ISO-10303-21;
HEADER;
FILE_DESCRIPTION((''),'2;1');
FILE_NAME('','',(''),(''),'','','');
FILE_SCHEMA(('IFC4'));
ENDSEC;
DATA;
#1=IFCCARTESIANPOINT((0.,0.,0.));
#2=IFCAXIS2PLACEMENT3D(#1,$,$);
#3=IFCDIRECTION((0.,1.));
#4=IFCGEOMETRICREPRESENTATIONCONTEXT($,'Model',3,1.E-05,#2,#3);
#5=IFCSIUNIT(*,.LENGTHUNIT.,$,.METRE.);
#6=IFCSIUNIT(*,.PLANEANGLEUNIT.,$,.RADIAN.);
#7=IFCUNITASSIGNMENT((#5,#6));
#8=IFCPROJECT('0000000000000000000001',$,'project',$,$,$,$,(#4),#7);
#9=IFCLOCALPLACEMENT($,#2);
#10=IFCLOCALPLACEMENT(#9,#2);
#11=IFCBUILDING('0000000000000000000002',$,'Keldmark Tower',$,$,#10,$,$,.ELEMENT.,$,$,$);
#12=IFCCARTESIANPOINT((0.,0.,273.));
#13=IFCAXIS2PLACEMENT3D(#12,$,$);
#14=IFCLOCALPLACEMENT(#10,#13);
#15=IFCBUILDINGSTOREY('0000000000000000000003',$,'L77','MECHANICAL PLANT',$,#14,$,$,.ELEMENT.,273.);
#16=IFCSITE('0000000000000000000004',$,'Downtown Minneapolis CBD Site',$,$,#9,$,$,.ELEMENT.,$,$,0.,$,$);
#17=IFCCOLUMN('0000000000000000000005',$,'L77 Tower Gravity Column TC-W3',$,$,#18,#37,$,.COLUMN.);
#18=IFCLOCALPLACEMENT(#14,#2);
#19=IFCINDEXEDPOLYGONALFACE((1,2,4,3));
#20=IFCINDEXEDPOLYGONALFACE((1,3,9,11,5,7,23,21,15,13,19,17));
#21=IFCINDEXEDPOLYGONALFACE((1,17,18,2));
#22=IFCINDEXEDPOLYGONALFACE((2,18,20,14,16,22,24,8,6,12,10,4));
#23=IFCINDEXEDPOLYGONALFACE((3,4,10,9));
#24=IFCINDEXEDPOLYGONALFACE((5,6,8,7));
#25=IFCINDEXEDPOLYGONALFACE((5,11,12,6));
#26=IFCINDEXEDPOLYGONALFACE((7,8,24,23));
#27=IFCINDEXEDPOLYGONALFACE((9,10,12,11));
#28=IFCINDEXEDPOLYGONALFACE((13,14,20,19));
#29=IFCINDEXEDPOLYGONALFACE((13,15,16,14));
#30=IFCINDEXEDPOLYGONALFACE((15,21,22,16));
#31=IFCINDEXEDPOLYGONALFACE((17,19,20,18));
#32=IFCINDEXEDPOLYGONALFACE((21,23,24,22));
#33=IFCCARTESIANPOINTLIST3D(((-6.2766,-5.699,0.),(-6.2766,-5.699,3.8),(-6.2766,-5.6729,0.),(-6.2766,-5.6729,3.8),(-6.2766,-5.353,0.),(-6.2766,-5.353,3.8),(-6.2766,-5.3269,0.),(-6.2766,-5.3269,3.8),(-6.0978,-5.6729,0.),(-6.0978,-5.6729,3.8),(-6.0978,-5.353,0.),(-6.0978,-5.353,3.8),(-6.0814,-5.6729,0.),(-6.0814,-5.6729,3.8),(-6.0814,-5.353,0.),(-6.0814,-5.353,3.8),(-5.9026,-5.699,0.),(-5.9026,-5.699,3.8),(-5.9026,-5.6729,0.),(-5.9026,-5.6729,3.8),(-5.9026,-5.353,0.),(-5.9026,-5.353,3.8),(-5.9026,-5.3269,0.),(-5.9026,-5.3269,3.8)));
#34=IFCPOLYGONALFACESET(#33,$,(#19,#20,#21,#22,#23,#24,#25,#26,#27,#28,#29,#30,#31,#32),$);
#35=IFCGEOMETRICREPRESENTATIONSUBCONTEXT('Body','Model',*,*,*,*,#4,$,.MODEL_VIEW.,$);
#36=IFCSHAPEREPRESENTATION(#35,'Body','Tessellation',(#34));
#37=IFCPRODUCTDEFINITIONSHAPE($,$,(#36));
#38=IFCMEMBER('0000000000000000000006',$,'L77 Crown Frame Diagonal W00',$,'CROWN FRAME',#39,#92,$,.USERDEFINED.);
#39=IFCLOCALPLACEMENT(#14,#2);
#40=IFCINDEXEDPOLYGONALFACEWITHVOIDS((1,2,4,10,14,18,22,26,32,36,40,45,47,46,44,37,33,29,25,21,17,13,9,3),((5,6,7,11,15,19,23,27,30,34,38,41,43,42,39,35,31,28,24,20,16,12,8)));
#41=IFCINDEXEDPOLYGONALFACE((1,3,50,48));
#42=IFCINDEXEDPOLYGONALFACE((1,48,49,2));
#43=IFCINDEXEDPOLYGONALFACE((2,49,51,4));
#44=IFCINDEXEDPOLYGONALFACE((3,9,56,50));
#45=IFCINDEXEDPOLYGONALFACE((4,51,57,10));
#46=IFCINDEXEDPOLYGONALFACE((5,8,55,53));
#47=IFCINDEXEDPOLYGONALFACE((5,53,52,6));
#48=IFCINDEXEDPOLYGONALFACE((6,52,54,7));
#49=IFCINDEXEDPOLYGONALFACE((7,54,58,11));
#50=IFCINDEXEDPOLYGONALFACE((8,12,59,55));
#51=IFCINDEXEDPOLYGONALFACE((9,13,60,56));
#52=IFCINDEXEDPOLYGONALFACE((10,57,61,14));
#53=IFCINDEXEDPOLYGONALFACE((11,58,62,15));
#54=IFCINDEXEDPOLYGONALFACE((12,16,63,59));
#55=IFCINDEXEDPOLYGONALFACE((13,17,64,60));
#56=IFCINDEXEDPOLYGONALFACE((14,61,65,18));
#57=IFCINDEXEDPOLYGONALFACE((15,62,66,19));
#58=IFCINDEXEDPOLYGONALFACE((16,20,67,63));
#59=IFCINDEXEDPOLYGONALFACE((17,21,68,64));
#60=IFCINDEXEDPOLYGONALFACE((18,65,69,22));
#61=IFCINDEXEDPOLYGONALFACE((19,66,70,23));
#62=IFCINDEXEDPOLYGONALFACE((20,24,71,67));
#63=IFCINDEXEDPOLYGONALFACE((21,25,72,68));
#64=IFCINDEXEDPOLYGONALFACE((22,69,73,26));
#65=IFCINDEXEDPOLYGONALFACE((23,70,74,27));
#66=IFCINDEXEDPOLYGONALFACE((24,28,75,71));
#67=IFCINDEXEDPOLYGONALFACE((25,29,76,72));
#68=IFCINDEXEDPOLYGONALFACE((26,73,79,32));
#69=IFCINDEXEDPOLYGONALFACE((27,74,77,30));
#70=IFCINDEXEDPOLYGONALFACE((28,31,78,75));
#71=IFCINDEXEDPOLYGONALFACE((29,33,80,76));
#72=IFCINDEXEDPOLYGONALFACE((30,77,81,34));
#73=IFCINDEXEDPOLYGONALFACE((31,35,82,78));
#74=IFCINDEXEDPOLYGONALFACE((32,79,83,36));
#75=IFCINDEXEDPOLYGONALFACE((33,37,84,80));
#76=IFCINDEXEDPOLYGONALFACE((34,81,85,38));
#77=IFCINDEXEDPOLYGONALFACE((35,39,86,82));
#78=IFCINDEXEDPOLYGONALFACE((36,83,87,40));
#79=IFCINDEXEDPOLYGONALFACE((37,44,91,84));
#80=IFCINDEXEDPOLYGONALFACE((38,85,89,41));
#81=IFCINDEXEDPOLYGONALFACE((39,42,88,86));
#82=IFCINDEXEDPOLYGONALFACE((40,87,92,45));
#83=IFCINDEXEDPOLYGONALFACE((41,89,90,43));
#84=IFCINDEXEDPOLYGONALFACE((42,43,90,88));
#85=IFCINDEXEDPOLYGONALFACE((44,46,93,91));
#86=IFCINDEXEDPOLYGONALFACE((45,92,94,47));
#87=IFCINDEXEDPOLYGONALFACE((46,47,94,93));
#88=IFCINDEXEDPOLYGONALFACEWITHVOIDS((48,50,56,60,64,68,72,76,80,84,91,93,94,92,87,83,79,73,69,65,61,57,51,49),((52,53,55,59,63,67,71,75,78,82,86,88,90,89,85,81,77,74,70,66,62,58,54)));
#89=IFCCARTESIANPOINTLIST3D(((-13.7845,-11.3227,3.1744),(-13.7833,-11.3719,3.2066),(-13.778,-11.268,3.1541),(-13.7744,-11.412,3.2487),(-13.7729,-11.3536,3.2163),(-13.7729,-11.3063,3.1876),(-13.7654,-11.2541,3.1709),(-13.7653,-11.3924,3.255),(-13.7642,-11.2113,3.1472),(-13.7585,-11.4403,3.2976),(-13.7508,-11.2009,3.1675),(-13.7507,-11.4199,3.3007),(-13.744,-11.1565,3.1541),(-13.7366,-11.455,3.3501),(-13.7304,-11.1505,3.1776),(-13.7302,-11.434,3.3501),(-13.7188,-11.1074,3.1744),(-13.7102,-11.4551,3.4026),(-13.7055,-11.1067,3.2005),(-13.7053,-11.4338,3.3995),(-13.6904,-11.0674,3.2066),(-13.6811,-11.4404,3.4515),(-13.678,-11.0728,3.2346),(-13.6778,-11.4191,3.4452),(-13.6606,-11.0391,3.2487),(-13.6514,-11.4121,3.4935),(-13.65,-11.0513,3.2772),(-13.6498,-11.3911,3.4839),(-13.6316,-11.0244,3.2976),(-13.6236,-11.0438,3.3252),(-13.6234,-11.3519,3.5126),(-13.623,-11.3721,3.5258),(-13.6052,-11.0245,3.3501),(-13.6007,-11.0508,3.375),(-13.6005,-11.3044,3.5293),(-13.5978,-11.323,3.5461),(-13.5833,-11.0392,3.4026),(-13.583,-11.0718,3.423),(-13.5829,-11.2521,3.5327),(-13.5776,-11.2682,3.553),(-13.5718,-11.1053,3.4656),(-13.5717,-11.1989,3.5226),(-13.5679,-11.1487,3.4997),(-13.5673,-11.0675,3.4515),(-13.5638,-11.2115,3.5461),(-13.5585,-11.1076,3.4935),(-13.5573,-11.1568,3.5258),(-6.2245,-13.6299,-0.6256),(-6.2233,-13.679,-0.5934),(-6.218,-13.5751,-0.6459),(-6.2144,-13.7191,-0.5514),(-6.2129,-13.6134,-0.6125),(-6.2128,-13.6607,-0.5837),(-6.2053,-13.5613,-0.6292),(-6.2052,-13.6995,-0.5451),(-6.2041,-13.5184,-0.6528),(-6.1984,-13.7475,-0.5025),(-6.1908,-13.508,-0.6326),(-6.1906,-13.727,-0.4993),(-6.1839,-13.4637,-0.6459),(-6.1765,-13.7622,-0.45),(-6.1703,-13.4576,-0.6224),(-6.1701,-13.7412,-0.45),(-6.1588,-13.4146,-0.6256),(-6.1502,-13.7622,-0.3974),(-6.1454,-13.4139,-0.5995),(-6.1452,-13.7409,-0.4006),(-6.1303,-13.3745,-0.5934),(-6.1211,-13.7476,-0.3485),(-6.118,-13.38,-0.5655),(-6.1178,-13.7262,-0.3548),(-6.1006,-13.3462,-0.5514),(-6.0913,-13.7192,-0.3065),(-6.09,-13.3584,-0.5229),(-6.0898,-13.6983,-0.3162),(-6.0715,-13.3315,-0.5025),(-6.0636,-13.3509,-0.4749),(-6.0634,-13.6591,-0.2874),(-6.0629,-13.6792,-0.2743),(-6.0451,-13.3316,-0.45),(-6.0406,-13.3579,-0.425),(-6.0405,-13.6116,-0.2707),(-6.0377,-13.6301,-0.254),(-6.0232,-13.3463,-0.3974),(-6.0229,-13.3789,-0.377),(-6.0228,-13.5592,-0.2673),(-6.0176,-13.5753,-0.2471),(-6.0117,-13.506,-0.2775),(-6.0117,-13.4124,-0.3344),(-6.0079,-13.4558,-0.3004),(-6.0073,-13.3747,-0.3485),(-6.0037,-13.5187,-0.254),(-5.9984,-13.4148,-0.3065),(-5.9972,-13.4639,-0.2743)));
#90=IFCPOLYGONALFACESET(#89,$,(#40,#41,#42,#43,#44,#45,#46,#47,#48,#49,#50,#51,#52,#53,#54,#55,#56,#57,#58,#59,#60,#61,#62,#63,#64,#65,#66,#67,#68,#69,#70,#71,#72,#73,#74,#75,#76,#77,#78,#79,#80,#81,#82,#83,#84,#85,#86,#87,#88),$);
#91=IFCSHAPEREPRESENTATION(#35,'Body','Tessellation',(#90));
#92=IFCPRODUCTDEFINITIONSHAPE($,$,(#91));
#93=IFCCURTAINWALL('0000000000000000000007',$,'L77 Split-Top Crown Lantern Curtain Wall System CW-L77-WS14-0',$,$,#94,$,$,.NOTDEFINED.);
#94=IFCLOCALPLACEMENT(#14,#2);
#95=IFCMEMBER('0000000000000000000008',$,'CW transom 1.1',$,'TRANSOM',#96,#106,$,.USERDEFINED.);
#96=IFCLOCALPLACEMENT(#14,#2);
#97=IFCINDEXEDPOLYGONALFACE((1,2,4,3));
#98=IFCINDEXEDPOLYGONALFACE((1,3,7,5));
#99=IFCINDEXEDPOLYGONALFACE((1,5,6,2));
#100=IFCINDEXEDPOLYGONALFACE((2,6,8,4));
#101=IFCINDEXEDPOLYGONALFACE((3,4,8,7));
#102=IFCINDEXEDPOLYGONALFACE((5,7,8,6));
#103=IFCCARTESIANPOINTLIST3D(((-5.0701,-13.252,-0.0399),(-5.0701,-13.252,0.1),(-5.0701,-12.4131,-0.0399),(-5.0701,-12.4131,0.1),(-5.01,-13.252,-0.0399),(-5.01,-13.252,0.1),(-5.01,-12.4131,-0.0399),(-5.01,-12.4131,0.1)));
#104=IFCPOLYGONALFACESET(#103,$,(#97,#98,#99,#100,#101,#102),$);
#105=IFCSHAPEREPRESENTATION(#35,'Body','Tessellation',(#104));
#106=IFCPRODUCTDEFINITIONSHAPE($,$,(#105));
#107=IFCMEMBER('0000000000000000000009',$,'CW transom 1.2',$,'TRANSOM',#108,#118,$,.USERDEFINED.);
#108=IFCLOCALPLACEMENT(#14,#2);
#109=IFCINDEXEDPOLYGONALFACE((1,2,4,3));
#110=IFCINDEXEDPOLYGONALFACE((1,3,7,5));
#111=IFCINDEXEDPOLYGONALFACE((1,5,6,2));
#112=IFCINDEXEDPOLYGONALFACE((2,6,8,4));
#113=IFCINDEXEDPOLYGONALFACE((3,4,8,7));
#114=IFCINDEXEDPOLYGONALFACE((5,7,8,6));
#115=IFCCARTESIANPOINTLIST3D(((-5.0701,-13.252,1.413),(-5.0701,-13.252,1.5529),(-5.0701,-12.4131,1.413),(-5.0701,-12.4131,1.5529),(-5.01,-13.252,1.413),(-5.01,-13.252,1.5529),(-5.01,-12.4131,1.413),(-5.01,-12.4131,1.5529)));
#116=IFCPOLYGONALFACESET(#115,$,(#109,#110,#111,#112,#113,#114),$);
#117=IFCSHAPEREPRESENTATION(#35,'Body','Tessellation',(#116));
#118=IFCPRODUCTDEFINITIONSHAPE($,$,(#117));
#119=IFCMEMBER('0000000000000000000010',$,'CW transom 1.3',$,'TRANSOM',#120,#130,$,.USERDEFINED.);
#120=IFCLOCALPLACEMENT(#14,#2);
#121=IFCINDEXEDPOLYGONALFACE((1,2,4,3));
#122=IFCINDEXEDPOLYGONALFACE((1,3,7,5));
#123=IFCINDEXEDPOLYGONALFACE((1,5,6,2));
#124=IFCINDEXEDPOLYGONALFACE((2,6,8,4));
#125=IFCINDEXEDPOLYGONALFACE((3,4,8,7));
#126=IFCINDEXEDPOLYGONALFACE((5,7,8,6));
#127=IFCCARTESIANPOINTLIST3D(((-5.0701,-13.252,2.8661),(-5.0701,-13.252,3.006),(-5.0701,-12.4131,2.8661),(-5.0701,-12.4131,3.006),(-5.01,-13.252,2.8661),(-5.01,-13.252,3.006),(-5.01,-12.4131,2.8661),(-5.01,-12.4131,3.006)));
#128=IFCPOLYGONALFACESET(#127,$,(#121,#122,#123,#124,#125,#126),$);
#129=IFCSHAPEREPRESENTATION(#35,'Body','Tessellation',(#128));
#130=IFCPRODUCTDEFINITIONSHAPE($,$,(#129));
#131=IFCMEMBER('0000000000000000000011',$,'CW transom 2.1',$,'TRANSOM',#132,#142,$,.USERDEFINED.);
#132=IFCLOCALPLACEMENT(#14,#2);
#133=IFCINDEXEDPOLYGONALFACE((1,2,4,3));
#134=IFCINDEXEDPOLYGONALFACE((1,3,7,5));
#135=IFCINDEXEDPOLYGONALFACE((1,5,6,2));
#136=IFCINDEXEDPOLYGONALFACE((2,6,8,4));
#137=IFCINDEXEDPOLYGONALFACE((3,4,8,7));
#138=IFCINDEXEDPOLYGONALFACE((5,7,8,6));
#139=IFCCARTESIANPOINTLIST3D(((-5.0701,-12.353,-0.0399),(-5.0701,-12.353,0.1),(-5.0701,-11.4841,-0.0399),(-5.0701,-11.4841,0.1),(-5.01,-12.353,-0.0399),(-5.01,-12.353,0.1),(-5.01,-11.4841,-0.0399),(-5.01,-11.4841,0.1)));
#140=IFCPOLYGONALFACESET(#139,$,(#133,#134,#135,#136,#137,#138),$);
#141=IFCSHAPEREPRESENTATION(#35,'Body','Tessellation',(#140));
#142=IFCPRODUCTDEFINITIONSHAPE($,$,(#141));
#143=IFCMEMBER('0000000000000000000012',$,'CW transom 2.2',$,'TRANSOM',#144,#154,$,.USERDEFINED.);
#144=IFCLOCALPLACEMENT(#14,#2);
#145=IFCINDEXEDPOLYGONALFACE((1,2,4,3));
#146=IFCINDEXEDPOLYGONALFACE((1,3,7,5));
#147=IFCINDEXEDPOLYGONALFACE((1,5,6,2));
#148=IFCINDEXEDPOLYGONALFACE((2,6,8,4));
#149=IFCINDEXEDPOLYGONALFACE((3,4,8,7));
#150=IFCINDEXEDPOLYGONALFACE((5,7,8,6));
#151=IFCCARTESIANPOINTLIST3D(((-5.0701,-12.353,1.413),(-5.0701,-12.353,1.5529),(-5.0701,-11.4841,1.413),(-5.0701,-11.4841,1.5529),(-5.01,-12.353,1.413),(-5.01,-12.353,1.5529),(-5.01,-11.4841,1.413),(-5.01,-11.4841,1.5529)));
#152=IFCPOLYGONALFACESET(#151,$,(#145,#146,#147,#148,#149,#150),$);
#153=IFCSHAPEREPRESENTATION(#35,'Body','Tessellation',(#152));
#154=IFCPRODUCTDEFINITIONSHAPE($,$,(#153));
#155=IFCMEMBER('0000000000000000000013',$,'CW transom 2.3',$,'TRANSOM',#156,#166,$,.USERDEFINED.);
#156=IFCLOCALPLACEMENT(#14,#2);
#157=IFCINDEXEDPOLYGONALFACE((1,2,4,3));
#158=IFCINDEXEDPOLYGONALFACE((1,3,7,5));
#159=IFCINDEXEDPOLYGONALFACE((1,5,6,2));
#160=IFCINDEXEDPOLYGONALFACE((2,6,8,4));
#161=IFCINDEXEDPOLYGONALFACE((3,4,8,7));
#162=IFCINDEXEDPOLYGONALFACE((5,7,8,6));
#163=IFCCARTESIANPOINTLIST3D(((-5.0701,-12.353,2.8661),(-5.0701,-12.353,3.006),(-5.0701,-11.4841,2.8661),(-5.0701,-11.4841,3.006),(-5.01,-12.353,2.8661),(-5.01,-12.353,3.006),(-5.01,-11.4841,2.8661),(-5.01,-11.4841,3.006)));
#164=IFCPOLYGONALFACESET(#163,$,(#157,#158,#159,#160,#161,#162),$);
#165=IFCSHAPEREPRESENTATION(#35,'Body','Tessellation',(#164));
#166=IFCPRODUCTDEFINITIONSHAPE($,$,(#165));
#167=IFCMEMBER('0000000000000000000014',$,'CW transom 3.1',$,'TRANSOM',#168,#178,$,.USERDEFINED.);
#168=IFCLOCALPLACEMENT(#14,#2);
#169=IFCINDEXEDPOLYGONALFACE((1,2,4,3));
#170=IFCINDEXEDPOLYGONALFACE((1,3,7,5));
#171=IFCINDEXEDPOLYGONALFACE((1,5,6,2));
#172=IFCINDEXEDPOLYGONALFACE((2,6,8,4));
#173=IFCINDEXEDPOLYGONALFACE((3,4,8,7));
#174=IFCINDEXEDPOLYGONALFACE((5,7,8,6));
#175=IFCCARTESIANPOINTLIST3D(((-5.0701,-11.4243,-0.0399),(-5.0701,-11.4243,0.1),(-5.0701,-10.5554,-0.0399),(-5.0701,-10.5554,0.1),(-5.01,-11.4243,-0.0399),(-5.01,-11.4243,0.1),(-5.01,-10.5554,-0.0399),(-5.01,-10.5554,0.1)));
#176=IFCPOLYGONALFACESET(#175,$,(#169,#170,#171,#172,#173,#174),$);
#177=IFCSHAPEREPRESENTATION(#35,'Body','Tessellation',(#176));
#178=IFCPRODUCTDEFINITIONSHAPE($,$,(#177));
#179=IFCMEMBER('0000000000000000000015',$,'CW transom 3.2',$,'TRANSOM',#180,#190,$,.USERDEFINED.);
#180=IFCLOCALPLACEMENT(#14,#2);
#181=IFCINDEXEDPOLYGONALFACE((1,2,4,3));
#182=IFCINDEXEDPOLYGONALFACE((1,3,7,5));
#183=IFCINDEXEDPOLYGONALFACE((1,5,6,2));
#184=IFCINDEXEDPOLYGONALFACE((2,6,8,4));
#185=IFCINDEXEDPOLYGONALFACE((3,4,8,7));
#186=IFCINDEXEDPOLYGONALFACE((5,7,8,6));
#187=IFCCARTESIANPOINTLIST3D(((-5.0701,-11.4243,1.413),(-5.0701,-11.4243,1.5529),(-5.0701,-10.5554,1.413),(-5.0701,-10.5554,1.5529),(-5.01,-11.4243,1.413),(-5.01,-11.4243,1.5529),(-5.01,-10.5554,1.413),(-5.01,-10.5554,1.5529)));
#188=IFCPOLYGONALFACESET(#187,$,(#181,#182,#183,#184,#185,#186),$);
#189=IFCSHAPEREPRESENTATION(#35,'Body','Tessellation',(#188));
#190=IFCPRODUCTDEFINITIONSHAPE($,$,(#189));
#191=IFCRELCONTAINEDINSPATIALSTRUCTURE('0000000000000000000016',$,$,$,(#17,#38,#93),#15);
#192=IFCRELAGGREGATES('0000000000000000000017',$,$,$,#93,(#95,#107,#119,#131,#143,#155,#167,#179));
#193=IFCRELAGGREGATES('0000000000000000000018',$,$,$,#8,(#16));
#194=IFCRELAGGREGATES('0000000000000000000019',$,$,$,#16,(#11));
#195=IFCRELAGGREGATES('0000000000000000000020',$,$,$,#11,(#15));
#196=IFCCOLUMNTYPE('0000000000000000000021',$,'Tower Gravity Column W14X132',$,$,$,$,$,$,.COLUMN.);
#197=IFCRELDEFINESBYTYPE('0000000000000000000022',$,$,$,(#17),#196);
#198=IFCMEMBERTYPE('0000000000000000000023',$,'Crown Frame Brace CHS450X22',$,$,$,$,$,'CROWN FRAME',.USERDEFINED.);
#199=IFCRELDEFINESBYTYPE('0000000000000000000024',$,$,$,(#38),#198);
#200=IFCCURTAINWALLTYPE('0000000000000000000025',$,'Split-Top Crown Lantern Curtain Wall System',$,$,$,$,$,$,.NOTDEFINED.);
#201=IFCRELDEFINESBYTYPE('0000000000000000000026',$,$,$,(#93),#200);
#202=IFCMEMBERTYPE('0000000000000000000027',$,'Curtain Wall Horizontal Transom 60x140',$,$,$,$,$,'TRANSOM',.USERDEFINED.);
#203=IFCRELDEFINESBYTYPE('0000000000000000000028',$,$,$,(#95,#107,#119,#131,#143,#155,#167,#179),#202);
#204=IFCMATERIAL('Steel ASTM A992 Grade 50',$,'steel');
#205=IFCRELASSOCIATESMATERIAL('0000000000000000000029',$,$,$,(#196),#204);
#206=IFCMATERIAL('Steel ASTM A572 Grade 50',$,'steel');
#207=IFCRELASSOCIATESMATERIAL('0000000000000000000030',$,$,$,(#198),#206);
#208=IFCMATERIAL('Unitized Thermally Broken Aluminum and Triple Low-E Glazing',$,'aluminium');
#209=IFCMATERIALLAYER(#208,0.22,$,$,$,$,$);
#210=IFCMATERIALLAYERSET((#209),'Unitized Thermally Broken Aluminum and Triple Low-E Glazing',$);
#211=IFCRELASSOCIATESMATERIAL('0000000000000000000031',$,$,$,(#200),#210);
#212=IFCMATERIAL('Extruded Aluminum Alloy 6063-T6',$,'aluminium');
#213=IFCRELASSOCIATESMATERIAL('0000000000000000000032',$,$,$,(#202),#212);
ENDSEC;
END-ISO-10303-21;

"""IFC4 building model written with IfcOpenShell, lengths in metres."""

from ifc_helpers import new_model, si_unit, direction, frame, origin, origin_2d, place, context, subcontext, project, spatial, rectangle, hollow_circle, i_section, extrude, material, layer, layer_set, material_profile, profile_set, type_object, element, aggregate, save


model = new_model("IFC4")

# Units and contexts
model_context = context("Model", 3, precision=1e-05, world=origin(), true_north=direction((0.0, 1.0)))
body_context = subcontext(model_context, "Body", "Model", "MODEL_VIEW")
ifc_project = project(units=[si_unit("LENGTHUNIT", "METRE"), si_unit("PLANEANGLEUNIT", "RADIAN")], contexts=[model_context])

# Site, building, storey
site_placement = place(None, origin())
site = spatial("IfcSite", under=ifc_project, at=site_placement, Name="Downtown Minneapolis CBD Site", CompositionType="ELEMENT", RefElevation=0.0)
building_placement = place(site_placement, origin())
building = spatial("IfcBuilding", under=site, at=building_placement, Name="Keldmark Tower", CompositionType="ELEMENT")
storey_placement = place(building_placement, frame((0.0, 0.0, 273.0)))
storey = spatial("IfcBuildingStorey", under=building, at=storey_placement, Name="L77", Description="MECHANICAL PLANT", CompositionType="ELEMENT", Elevation=273.0)

# Column
ifc_material_1 = material(Name="Steel ASTM A992 Grade 50", Category="steel")
ifc_material_profile_1 = material_profile(ifc_material_1, i_section(OverallWidth=0.374, OverallDepth=0.3721, WebThickness=0.0164, FlangeThickness=0.0261, at=origin_2d()), Name="W14X132")
ifc_profile_set_1 = profile_set([ifc_material_profile_1], Name="Steel ASTM A992 Grade 50")
column_type = type_object("IfcColumnType", Name="Tower Gravity Column W14X132", PredefinedType="COLUMN", material=ifc_profile_set_1)
column_placement = place(storey_placement, frame((-6.0896, -5.5129, 0.0), z_axis=(0.0, 0.0, 1.0), x_axis=(1.0, 0.0, 0.0)))
element("IfcColumn", 1, at=column_placement, inside=storey, type_object=column_type, Name="L77 Tower Gravity Column TC-W3", PredefinedType="COLUMN", context=body_context, shape_type="SweptSolid", body=[
    extrude(i_section(OverallWidth=0.374, OverallDepth=0.3721, WebThickness=0.0164, FlangeThickness=0.0261, at=origin_2d()), origin(), (0.0, 0.0, 1.0), 3.8),
])

# Member
ifc_material_2 = material(Name="Steel ASTM A572 Grade 50", Category="steel")
ifc_material_profile_2 = material_profile(ifc_material_2, hollow_circle(Radius=0.2251, WallThickness=0.022, at=origin_2d()), Name="CHS450X22")
ifc_profile_set_2 = profile_set([ifc_material_profile_2], Name="Steel ASTM A572 Grade 50")
member_type_1 = type_object("IfcMemberType", Name="Crown Frame Brace CHS450X22", ElementType="CROWN FRAME", PredefinedType="USERDEFINED", material=ifc_profile_set_2)
member_1_placement = place(storey_placement, frame((-6.1108, -13.5469, -0.45), z_axis=(-0.862009, 0.263062, 0.433287), x_axis=(-0.291884, -0.956454, 0.0)))
element("IfcMember", 2, at=member_1_placement, inside=storey, type_object=member_type_1, Name="L77 Crown Frame Diagonal W00", ObjectType="CROWN FRAME", PredefinedType="USERDEFINED", context=body_context, shape_type="SweptSolid", body=[
    extrude(hollow_circle(Radius=0.2251, WallThickness=0.022, at=origin_2d()), origin(), (0.0, 0.0, 1.0), 8.7703),
])

# Curtain wall, members
ifc_material_3 = material(Name="Unitized Thermally Broken Aluminum and Triple Low-E Glazing", Category="aluminium")
ifc_layer_1 = layer(ifc_material_3, 0.22)
ifc_layer_set_1 = layer_set([ifc_layer_1], Name="Unitized Thermally Broken Aluminum and Triple Low-E Glazing")
curtain_wall_type = type_object("IfcCurtainWallType", Name="Split-Top Crown Lantern Curtain Wall System", PredefinedType="NOTDEFINED", material=ifc_layer_set_1)
curtain_wall_placement = place(storey_placement, origin())
curtain_wall = element("IfcCurtainWall", 3, at=curtain_wall_placement, inside=storey, type_object=curtain_wall_type, Name="L77 Split-Top Crown Lantern Curtain Wall System CW-L77-WS14-0", PredefinedType="NOTDEFINED")
ifc_material_4 = material(Name="Extruded Aluminum Alloy 6063-T6", Category="aluminium")
ifc_material_profile_3 = material_profile(ifc_material_4, rectangle(XDim=0.0601, YDim=0.1399, at=origin_2d()), Name="CWT60X140")
ifc_profile_set_3 = profile_set([ifc_material_profile_3], Name="Extruded Aluminum Alloy 6063-T6")
member_type_2 = type_object("IfcMemberType", Name="Curtain Wall Horizontal Transom 60x140", ElementType="TRANSOM", PredefinedType="USERDEFINED", material=ifc_profile_set_3)
member_2_placement = place(storey_placement, frame((-5.04, -13.252, 0.03), z_axis=(0.0, 1.0, 0.0), x_axis=(-1.0, 0.0, 0.0)))
member_2 = element("IfcMember", 4, at=member_2_placement, type_object=member_type_2, Name="CW transom 1.1", ObjectType="TRANSOM", PredefinedType="USERDEFINED", context=body_context, shape_type="SweptSolid", body=[
    extrude(rectangle(XDim=0.0601, YDim=0.1399, at=origin_2d()), origin(), (0.0, 0.0, 1.0), 0.8389),
])
member_3_placement = place(storey_placement, frame((-5.04, -13.252, 1.4829), z_axis=(0.0, 1.0, 0.0), x_axis=(-1.0, 0.0, 0.0)))
member_3 = element("IfcMember", 5, at=member_3_placement, type_object=member_type_2, Name="CW transom 1.2", ObjectType="TRANSOM", PredefinedType="USERDEFINED", context=body_context, shape_type="SweptSolid", body=[
    extrude(rectangle(XDim=0.0601, YDim=0.1399, at=origin_2d()), origin(), (0.0, 0.0, 1.0), 0.8389),
])
member_4_placement = place(storey_placement, frame((-5.04, -13.252, 2.936), z_axis=(0.0, 1.0, 0.0), x_axis=(-1.0, 0.0, 0.0)))
member_4 = element("IfcMember", 6, at=member_4_placement, type_object=member_type_2, Name="CW transom 1.3", ObjectType="TRANSOM", PredefinedType="USERDEFINED", context=body_context, shape_type="SweptSolid", body=[
    extrude(rectangle(XDim=0.0601, YDim=0.1399, at=origin_2d()), origin(), (0.0, 0.0, 1.0), 0.8389),
])
member_5_placement = place(storey_placement, frame((-5.04, -12.353, 0.03), z_axis=(0.0, 1.0, 0.0), x_axis=(-1.0, 0.0, 0.0)))
member_5 = element("IfcMember", 7, at=member_5_placement, type_object=member_type_2, Name="CW transom 2.1", ObjectType="TRANSOM", PredefinedType="USERDEFINED", context=body_context, shape_type="SweptSolid", body=[
    extrude(rectangle(XDim=0.0601, YDim=0.1399, at=origin_2d()), origin(), (0.0, 0.0, 1.0), 0.8689),
])
member_6_placement = place(storey_placement, frame((-5.04, -12.353, 1.4829), z_axis=(0.0, 1.0, 0.0), x_axis=(-1.0, 0.0, 0.0)))
member_6 = element("IfcMember", 8, at=member_6_placement, type_object=member_type_2, Name="CW transom 2.2", ObjectType="TRANSOM", PredefinedType="USERDEFINED", context=body_context, shape_type="SweptSolid", body=[
    extrude(rectangle(XDim=0.0601, YDim=0.1399, at=origin_2d()), origin(), (0.0, 0.0, 1.0), 0.8689),
])
member_7_placement = place(storey_placement, frame((-5.04, -12.353, 2.936), z_axis=(0.0, 1.0, 0.0), x_axis=(-1.0, 0.0, 0.0)))
member_7 = element("IfcMember", 9, at=member_7_placement, type_object=member_type_2, Name="CW transom 2.3", ObjectType="TRANSOM", PredefinedType="USERDEFINED", context=body_context, shape_type="SweptSolid", body=[
    extrude(rectangle(XDim=0.0601, YDim=0.1399, at=origin_2d()), origin(), (0.0, 0.0, 1.0), 0.8689),
])
member_8_placement = place(storey_placement, frame((-5.04, -11.4243, 0.03), z_axis=(0.0, 1.0, 0.0), x_axis=(-1.0, 0.0, 0.0)))
member_8 = element("IfcMember", 10, at=member_8_placement, type_object=member_type_2, Name="CW transom 3.1", ObjectType="TRANSOM", PredefinedType="USERDEFINED", context=body_context, shape_type="SweptSolid", body=[
    extrude(rectangle(XDim=0.0601, YDim=0.1399, at=origin_2d()), origin(), (0.0, 0.0, 1.0), 0.8689),
])
member_9_placement = place(storey_placement, frame((-5.04, -11.4243, 1.4829), z_axis=(0.0, 1.0, 0.0), x_axis=(-1.0, 0.0, 0.0)))
member_9 = element("IfcMember", 11, at=member_9_placement, type_object=member_type_2, Name="CW transom 3.2", ObjectType="TRANSOM", PredefinedType="USERDEFINED", context=body_context, shape_type="SweptSolid", body=[
    extrude(rectangle(XDim=0.0601, YDim=0.1399, at=origin_2d()), origin(), (0.0, 0.0, 1.0), 0.8689),
])

aggregate(curtain_wall, [member_2, member_3, member_4, member_5, member_6, member_7, member_8, member_9])

save(model, "model.ifc")
